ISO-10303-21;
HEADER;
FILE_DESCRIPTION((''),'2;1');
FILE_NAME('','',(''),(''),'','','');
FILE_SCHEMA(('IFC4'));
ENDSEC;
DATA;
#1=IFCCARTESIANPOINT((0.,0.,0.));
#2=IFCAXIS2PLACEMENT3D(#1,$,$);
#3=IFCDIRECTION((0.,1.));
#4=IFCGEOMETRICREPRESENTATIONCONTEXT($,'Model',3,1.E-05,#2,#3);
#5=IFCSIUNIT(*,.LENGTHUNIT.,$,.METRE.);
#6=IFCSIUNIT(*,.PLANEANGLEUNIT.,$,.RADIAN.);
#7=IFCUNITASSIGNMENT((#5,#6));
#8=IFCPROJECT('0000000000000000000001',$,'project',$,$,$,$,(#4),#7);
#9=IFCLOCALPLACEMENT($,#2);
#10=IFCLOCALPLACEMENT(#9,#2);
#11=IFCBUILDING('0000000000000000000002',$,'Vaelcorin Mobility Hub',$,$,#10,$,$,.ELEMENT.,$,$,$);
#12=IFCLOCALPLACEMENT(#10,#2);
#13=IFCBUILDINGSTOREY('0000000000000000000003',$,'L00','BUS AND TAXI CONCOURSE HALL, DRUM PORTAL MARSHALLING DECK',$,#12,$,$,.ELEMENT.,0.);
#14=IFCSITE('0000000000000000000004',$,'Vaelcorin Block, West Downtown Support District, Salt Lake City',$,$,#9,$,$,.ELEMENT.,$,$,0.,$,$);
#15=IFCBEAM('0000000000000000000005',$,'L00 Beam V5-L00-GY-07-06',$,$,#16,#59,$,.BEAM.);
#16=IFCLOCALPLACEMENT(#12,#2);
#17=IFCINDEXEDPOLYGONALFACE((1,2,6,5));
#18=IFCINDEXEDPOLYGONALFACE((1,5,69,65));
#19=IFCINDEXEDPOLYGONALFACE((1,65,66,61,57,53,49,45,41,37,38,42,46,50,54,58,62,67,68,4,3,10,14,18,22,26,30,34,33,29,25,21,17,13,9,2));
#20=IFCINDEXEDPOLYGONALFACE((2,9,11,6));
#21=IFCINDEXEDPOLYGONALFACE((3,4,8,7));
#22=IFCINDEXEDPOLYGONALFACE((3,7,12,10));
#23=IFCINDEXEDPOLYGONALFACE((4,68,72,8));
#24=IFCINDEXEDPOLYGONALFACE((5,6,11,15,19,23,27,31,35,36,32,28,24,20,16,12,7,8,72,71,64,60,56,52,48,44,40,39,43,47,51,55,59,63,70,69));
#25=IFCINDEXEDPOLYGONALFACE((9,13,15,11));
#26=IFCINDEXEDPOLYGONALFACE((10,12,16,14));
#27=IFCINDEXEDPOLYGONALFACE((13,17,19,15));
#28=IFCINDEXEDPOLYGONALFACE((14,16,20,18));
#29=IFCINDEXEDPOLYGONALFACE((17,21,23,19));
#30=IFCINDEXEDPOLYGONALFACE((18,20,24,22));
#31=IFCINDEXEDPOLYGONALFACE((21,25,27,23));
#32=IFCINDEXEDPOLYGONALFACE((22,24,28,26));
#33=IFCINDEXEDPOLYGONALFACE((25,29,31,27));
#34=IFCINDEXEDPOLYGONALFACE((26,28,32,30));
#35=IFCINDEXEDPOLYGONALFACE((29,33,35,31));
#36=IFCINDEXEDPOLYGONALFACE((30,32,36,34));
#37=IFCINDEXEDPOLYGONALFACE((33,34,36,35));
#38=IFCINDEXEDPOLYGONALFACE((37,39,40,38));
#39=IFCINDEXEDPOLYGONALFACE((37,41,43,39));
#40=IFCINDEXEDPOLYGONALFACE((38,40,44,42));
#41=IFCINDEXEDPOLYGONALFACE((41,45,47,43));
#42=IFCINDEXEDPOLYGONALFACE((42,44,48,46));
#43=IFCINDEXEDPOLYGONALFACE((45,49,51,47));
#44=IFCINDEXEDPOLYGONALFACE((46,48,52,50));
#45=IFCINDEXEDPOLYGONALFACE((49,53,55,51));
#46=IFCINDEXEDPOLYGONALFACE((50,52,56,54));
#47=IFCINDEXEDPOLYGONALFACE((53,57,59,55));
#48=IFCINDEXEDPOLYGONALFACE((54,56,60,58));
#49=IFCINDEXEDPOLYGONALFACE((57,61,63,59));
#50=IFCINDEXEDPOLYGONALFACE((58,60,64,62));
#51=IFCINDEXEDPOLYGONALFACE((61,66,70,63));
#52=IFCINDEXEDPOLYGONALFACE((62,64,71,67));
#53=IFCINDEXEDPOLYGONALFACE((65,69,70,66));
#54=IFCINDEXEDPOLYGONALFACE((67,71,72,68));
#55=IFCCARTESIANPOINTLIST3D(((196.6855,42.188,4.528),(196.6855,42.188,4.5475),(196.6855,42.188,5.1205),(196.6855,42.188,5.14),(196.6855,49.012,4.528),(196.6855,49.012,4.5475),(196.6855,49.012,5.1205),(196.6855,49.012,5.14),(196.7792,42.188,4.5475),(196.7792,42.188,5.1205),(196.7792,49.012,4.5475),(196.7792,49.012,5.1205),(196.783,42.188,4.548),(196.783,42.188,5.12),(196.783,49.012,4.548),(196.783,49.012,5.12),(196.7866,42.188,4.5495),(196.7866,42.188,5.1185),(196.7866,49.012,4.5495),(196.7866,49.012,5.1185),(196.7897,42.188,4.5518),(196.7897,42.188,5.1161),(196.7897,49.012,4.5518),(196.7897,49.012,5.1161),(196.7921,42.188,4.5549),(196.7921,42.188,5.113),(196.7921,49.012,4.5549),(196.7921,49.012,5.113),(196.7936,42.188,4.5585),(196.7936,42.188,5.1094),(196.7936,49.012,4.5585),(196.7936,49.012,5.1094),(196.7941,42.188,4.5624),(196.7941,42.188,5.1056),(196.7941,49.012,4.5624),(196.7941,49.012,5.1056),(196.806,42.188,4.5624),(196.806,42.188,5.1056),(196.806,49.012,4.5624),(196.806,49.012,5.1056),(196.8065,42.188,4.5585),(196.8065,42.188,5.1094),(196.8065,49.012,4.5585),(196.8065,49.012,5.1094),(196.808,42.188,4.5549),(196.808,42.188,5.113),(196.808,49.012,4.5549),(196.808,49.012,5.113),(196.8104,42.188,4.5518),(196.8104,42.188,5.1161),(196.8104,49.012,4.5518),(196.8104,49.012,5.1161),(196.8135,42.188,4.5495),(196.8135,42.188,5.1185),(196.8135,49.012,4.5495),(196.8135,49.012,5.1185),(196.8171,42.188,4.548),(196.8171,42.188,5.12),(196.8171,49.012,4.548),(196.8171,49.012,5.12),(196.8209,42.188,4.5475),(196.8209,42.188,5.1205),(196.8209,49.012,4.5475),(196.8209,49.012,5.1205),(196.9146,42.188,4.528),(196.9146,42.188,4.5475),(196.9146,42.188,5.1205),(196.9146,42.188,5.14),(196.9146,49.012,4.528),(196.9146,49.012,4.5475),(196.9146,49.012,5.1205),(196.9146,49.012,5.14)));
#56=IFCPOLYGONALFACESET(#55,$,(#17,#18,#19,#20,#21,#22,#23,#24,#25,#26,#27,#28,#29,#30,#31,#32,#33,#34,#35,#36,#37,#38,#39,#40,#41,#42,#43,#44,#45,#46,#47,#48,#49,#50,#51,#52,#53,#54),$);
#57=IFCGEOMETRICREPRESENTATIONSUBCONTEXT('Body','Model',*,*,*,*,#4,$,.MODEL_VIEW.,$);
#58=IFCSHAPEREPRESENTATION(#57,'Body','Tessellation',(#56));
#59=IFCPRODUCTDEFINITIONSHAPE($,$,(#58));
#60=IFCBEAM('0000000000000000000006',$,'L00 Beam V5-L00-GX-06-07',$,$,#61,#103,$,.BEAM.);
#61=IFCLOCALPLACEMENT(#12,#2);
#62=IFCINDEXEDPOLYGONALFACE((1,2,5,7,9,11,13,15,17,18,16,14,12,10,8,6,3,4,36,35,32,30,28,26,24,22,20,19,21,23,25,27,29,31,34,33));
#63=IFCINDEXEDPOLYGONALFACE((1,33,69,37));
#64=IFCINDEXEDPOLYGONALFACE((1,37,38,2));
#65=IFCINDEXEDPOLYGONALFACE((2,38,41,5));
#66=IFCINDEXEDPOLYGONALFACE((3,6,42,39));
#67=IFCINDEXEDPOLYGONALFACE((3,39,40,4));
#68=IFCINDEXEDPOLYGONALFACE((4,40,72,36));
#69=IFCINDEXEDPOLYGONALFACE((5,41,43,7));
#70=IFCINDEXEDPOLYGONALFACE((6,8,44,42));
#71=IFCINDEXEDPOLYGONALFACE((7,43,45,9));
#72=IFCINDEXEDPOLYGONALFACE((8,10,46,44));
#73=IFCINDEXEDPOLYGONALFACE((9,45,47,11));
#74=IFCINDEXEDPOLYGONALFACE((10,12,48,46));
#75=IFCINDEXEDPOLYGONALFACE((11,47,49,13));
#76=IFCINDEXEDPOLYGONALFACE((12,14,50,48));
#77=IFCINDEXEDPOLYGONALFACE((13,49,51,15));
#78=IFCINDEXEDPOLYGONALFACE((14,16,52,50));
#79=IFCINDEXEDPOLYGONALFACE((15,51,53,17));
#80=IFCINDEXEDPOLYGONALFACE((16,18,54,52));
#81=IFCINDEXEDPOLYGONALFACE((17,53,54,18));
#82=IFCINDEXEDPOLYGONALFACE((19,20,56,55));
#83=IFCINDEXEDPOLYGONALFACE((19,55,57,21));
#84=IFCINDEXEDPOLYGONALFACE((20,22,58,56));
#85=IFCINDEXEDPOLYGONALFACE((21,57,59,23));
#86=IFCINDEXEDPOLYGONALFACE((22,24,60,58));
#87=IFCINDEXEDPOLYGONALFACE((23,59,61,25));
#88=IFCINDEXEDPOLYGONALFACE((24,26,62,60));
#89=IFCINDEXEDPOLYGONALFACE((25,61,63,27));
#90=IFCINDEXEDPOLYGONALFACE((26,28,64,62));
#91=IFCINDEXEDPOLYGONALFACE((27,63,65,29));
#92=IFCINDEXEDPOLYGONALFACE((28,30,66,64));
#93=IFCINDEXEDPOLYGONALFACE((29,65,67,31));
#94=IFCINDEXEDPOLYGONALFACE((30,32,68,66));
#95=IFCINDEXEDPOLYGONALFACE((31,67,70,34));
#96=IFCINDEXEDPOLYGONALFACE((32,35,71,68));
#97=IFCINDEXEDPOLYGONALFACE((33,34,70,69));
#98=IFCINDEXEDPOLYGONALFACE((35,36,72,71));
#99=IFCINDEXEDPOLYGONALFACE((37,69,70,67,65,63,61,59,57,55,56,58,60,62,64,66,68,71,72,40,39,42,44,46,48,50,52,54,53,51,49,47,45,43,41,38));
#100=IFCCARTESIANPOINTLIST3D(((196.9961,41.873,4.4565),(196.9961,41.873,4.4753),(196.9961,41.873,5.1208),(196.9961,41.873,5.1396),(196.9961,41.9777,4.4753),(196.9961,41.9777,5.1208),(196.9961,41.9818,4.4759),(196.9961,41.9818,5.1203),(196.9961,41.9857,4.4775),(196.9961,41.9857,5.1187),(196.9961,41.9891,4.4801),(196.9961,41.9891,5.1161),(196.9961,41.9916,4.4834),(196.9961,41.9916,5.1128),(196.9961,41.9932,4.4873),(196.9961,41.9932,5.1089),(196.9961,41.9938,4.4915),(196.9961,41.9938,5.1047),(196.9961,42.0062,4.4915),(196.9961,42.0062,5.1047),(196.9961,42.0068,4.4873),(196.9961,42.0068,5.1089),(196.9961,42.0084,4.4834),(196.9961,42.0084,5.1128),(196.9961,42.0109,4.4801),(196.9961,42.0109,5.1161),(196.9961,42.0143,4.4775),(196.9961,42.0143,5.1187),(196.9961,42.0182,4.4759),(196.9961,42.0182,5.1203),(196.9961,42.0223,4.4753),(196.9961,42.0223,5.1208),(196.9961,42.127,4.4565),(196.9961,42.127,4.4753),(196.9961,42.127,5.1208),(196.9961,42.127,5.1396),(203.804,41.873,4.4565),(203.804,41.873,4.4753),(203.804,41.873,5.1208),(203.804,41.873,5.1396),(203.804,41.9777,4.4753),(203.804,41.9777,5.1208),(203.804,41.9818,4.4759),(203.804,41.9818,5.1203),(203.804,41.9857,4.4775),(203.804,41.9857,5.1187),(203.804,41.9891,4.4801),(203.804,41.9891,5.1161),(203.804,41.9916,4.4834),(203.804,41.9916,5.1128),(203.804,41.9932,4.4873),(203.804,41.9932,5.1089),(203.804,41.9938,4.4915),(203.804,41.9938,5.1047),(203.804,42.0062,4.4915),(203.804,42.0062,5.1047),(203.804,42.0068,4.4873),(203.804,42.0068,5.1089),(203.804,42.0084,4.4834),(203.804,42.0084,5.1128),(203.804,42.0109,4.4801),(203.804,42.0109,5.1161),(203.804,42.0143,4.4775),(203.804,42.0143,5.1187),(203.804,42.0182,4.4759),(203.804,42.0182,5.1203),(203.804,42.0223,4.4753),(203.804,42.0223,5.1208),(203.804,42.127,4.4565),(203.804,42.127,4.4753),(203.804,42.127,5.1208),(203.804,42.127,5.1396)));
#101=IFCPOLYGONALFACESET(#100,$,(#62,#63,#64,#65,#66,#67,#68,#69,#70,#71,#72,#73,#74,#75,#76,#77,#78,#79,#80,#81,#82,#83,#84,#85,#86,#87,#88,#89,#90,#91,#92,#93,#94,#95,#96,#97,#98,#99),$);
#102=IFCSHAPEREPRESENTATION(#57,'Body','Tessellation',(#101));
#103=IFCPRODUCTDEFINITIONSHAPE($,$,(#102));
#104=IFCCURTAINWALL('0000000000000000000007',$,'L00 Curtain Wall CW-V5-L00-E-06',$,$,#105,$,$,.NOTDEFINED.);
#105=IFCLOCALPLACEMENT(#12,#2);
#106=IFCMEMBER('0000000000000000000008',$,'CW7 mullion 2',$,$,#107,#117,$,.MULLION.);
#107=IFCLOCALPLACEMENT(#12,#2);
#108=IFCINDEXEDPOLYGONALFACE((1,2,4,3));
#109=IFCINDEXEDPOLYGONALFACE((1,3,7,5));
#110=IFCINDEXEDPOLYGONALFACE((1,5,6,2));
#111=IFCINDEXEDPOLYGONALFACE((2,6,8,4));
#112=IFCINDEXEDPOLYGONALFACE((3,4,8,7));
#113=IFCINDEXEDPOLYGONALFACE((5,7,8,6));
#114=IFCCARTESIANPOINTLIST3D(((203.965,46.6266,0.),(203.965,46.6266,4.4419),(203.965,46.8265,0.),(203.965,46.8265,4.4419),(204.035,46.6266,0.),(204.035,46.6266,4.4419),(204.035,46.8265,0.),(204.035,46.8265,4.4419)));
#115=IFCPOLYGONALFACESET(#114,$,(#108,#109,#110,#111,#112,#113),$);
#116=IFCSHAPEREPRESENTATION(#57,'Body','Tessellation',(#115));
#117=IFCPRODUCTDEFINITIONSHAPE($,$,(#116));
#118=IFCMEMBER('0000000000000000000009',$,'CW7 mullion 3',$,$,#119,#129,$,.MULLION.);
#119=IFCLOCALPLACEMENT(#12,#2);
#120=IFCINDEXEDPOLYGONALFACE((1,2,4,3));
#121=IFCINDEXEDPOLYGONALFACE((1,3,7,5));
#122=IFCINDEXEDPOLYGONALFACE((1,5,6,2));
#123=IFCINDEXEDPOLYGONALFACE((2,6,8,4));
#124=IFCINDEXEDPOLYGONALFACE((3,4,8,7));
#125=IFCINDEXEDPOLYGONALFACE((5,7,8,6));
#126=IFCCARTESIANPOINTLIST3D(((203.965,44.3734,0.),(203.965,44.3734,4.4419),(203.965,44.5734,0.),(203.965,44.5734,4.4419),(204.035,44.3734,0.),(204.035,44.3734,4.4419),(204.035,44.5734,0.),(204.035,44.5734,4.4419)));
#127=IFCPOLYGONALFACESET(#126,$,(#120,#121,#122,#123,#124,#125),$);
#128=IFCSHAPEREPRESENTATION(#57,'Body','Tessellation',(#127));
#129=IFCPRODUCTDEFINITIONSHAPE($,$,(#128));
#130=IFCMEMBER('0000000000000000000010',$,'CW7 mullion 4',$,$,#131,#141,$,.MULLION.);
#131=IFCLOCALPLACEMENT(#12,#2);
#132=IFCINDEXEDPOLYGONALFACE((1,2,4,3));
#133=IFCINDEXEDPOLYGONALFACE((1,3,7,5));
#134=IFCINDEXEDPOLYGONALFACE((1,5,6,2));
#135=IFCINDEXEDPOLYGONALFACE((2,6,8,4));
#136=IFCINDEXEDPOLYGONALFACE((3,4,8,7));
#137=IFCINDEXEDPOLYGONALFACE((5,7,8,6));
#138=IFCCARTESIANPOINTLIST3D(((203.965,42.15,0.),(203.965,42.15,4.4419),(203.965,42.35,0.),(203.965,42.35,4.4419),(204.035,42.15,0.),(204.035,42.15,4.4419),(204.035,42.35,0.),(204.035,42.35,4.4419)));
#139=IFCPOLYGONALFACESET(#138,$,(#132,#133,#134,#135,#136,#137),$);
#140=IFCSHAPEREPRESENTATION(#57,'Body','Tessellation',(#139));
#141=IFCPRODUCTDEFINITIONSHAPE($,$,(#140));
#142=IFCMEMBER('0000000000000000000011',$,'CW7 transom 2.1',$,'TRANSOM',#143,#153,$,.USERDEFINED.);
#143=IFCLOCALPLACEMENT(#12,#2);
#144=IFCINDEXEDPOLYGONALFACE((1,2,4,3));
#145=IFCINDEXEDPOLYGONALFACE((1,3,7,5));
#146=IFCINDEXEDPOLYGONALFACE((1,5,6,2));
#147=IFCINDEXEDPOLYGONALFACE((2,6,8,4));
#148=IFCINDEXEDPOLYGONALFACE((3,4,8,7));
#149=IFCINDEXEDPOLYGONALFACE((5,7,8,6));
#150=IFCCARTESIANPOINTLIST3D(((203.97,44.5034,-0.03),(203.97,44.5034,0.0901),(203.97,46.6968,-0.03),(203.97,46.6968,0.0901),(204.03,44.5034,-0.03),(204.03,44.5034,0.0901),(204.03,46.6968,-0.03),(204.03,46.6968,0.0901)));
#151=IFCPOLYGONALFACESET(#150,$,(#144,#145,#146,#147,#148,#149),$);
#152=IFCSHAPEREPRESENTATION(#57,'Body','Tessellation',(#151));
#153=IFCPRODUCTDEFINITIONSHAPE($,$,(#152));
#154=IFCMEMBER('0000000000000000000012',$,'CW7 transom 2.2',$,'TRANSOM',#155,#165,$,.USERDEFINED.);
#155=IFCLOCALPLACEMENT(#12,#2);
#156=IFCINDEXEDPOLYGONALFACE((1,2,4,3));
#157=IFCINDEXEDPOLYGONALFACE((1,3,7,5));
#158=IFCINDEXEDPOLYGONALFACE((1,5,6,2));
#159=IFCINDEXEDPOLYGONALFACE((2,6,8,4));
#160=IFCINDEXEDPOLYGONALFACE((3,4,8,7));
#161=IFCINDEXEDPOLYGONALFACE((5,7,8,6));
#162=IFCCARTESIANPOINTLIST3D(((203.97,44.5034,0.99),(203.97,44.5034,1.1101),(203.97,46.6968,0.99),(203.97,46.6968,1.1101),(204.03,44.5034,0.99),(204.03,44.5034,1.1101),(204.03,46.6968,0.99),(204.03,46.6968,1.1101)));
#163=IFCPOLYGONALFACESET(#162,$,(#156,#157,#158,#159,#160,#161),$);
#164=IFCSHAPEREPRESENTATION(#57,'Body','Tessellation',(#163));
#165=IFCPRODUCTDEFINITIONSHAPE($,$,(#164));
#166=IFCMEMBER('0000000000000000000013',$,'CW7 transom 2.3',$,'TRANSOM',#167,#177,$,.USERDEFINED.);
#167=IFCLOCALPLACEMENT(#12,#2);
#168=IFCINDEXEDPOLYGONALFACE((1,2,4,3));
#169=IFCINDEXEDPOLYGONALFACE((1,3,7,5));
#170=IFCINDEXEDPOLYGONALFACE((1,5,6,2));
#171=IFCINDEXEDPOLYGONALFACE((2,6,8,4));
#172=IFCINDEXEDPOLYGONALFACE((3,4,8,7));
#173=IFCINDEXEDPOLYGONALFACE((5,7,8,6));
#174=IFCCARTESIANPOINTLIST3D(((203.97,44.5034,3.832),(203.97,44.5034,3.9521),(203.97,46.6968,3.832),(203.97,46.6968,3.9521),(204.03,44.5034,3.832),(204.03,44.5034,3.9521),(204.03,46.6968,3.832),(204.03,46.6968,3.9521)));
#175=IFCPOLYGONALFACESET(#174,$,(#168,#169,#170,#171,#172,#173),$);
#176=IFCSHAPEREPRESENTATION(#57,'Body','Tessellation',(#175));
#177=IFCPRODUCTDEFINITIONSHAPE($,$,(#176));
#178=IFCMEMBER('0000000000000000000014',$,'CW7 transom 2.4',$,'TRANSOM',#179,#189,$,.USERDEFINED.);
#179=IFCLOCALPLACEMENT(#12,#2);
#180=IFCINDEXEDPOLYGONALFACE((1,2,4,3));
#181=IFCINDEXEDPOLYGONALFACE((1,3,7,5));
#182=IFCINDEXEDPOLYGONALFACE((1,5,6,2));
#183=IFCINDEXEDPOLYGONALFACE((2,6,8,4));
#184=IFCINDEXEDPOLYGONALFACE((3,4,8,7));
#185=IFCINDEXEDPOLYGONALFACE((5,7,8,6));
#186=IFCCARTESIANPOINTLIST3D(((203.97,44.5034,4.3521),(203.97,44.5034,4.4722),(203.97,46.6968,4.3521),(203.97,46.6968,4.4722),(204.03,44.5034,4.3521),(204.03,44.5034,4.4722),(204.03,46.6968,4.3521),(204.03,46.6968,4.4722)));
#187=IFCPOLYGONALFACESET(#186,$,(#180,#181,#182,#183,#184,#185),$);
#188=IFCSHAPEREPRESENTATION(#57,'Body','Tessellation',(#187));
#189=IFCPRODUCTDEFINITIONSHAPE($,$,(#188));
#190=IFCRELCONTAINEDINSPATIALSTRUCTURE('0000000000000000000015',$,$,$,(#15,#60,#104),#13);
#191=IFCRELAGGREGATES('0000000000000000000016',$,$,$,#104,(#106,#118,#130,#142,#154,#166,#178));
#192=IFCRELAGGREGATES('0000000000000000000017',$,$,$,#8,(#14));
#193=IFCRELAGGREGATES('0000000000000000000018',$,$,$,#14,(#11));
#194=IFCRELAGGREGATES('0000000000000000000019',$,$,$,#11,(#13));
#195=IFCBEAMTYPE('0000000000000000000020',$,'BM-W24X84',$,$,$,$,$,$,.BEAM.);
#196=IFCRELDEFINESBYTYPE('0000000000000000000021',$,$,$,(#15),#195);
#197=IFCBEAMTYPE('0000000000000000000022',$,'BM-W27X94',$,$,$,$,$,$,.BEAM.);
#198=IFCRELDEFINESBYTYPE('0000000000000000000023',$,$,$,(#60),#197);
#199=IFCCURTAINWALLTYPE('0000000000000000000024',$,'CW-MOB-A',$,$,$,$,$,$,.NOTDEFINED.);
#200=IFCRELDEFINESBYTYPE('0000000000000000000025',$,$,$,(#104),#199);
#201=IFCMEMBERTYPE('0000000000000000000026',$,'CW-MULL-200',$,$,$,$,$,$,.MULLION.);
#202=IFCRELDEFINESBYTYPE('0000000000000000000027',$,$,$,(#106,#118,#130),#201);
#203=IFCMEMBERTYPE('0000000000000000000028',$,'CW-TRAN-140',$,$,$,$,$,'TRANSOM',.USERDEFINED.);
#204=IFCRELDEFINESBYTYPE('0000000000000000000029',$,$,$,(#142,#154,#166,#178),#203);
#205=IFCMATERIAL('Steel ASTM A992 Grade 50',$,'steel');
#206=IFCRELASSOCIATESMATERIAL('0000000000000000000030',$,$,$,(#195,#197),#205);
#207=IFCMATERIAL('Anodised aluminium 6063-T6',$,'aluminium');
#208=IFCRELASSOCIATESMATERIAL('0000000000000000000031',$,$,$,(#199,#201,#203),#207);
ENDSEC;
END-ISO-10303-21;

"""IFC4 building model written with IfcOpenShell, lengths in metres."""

from ifc_helpers import new_model, si_unit, direction, frame, origin, origin_2d, place, context, subcontext, project, spatial, rectangle, i_section, extrude, material, material_profile, profile_set, type_object, element, aggregate, save


model = new_model("IFC4")

# Units and contexts
model_context = context("Model", 3, precision=1e-05, world=origin(), true_north=direction((0.0, 1.0)))
body_context = subcontext(model_context, "Body", "Model", "MODEL_VIEW")
ifc_project = project(units=[si_unit("LENGTHUNIT", "METRE"), si_unit("PLANEANGLEUNIT", "RADIAN")], contexts=[model_context])

# Site, building, storey
site_placement = place(None, origin())
site = spatial("IfcSite", under=ifc_project, at=site_placement, Name="Vaelcorin Block, West Downtown Support District, Salt Lake City", CompositionType="ELEMENT", RefElevation=0.0)
building_placement = place(site_placement, origin())
building = spatial("IfcBuilding", under=site, at=building_placement, Name="Vaelcorin Mobility Hub", CompositionType="ELEMENT")
storey_placement = place(building_placement, origin())
storey = spatial("IfcBuildingStorey", under=building, at=storey_placement, Name="L00", Description="BUS AND TAXI CONCOURSE HALL, DRUM PORTAL MARSHALLING DECK", CompositionType="ELEMENT", Elevation=0.0)

# Shared definitions
ifc_material_1 = material(Name="Steel ASTM A992 Grade 50", Category="steel")

# Beams
ifc_material_profile_1 = material_profile(ifc_material_1, i_section(OverallWidth=0.229, OverallDepth=0.6121, WebThickness=0.012, FlangeThickness=0.0195, FilletRadius=0.0149, at=origin_2d()), Name="W24X84")
ifc_profile_set_1 = profile_set([ifc_material_profile_1], Name="Steel ASTM A992 Grade 50")
beam_type_1 = type_object("IfcBeamType", Name="BM-W24X84", PredefinedType="BEAM", material=ifc_profile_set_1)
beam_1_placement = place(storey_placement, frame((196.8, 42.188, 4.834), z_axis=(0.0, 1.0, 0.0), x_axis=(-1.0, 0.0, 0.0)))
element("IfcBeam", 1, at=beam_1_placement, inside=storey, type_object=beam_type_1, Name="L00 Beam V5-L00-GY-07-06", PredefinedType="BEAM", context=body_context, shape_type="SweptSolid", body=[
    extrude(i_section(OverallWidth=0.229, OverallDepth=0.6121, WebThickness=0.012, FlangeThickness=0.0195, FilletRadius=0.0149, at=origin_2d()), origin(), (0.0, 0.0, 1.0), 6.824),
])
ifc_material_profile_2 = material_profile(ifc_material_1, i_section(OverallWidth=0.2539, OverallDepth=0.6831, WebThickness=0.0125, FlangeThickness=0.0188, FilletRadius=0.0161, at=origin_2d()), Name="W27X94")
ifc_profile_set_2 = profile_set([ifc_material_profile_2], Name="Steel ASTM A992 Grade 50")
beam_type_2 = type_object("IfcBeamType", Name="BM-W27X94", PredefinedType="BEAM", material=ifc_profile_set_2)
beam_2_placement = place(storey_placement, frame((196.9961, 42.0, 4.7981), z_axis=(1.0, 0.0, 0.0), x_axis=(0.0, 1.0, 0.0)))
element("IfcBeam", 2, at=beam_2_placement, inside=storey, type_object=beam_type_2, Name="L00 Beam V5-L00-GX-06-07", PredefinedType="BEAM", context=body_context, shape_type="SweptSolid", body=[
    extrude(i_section(OverallWidth=0.2539, OverallDepth=0.6831, WebThickness=0.0125, FlangeThickness=0.0188, FilletRadius=0.0161, at=origin_2d()), origin(), (0.0, 0.0, 1.0), 6.8079),
])

# Curtain wall, members
ifc_material_2 = material(Name="Anodised aluminium 6063-T6", Category="aluminium")
curtain_wall_type = type_object("IfcCurtainWallType", Name="CW-MOB-A", PredefinedType="NOTDEFINED", material=ifc_material_2)
curtain_wall_placement = place(storey_placement, origin())
curtain_wall = element("IfcCurtainWall", 3, at=curtain_wall_placement, inside=storey, type_object=curtain_wall_type, Name="L00 Curtain Wall CW-V5-L00-E-06", PredefinedType="NOTDEFINED")
ifc_material_profile_3 = material_profile(ifc_material_2, rectangle(XDim=0.0701, YDim=0.2, at=origin_2d()), Name="ALU-M70X200")
ifc_profile_set_3 = profile_set([ifc_material_profile_3], Name="Anodised aluminium 6063-T6")
member_type_1 = type_object("IfcMemberType", Name="CW-MULL-200", PredefinedType="MULLION", material=ifc_profile_set_3)
member_1_placement = place(storey_placement, frame((204.0, 46.7266, 0.0), z_axis=(0.0, 0.0, 1.0), x_axis=(1.0, 0.0, 0.0)))
member_1 = element("IfcMember", 4, at=member_1_placement, type_object=member_type_1, Name="CW7 mullion 2", PredefinedType="MULLION", context=body_context, shape_type="SweptSolid", body=[
    extrude(rectangle(XDim=0.0701, YDim=0.2, at=origin_2d()), origin(), (0.0, 0.0, 1.0), 4.4419),
])
member_2_placement = place(storey_placement, frame((204.0, 44.4734, 0.0), z_axis=(0.0, 0.0, 1.0), x_axis=(1.0, 0.0, 0.0)))
member_2 = element("IfcMember", 5, at=member_2_placement, type_object=member_type_1, Name="CW7 mullion 3", PredefinedType="MULLION", context=body_context, shape_type="SweptSolid", body=[
    extrude(rectangle(XDim=0.0701, YDim=0.2, at=origin_2d()), origin(), (0.0, 0.0, 1.0), 4.4419),
])
member_3_placement = place(storey_placement, frame((204.0, 42.25, 0.0), z_axis=(0.0, 0.0, 1.0), x_axis=(1.0, 0.0, 0.0)))
member_3 = element("IfcMember", 6, at=member_3_placement, type_object=member_type_1, Name="CW7 mullion 4", PredefinedType="MULLION", context=body_context, shape_type="SweptSolid", body=[
    extrude(rectangle(XDim=0.0701, YDim=0.2, at=origin_2d()), origin(), (0.0, 0.0, 1.0), 4.4419),
])
ifc_material_profile_4 = material_profile(ifc_material_2, rectangle(XDim=0.0601, YDim=0.1201, at=origin_2d()), Name="ALU-T60X120")
ifc_profile_set_4 = profile_set([ifc_material_profile_4], Name="Anodised aluminium 6063-T6")
member_type_2 = type_object("IfcMemberType", Name="CW-TRAN-140", ElementType="TRANSOM", PredefinedType="USERDEFINED", material=ifc_profile_set_4)
member_4_placement = place(storey_placement, frame((204.0, 46.6968, 0.03), z_axis=(0.0, -1.0, 0.0), x_axis=(1.0, 0.0, 0.0)))
member_4 = element("IfcMember", 7, at=member_4_placement, type_object=member_type_2, Name="CW7 transom 2.1", ObjectType="TRANSOM", PredefinedType="USERDEFINED", context=body_context, shape_type="SweptSolid", body=[
    extrude(rectangle(XDim=0.0601, YDim=0.1201, at=origin_2d()), origin(), (0.0, 0.0, 1.0), 2.1934),
])
member_5_placement = place(storey_placement, frame((204.0, 46.6968, 1.05), z_axis=(0.0, -1.0, 0.0), x_axis=(1.0, 0.0, 0.0)))
member_5 = element("IfcMember", 8, at=member_5_placement, type_object=member_type_2, Name="CW7 transom 2.2", ObjectType="TRANSOM", PredefinedType="USERDEFINED", context=body_context, shape_type="SweptSolid", body=[
    extrude(rectangle(XDim=0.0601, YDim=0.1201, at=origin_2d()), origin(), (0.0, 0.0, 1.0), 2.1934),
])
member_6_placement = place(storey_placement, frame((204.0, 46.6968, 3.8921), z_axis=(0.0, -1.0, 0.0), x_axis=(1.0, 0.0, 0.0)))
member_6 = element("IfcMember", 9, at=member_6_placement, type_object=member_type_2, Name="CW7 transom 2.3", ObjectType="TRANSOM", PredefinedType="USERDEFINED", context=body_context, shape_type="SweptSolid", body=[
    extrude(rectangle(XDim=0.0601, YDim=0.1201, at=origin_2d()), origin(), (0.0, 0.0, 1.0), 2.1934),
])
member_7_placement = place(storey_placement, frame((204.0, 46.6968, 4.4121), z_axis=(0.0, -1.0, 0.0), x_axis=(1.0, 0.0, 0.0)))
member_7 = element("IfcMember", 10, at=member_7_placement, type_object=member_type_2, Name="CW7 transom 2.4", ObjectType="TRANSOM", PredefinedType="USERDEFINED", context=body_context, shape_type="SweptSolid", body=[
    extrude(rectangle(XDim=0.0601, YDim=0.1201, at=origin_2d()), origin(), (0.0, 0.0, 1.0), 2.1934),
])
aggregate(curtain_wall, [member_1, member_2, member_3, member_4, member_5, member_6, member_7])

save(model, "model.ifc")
